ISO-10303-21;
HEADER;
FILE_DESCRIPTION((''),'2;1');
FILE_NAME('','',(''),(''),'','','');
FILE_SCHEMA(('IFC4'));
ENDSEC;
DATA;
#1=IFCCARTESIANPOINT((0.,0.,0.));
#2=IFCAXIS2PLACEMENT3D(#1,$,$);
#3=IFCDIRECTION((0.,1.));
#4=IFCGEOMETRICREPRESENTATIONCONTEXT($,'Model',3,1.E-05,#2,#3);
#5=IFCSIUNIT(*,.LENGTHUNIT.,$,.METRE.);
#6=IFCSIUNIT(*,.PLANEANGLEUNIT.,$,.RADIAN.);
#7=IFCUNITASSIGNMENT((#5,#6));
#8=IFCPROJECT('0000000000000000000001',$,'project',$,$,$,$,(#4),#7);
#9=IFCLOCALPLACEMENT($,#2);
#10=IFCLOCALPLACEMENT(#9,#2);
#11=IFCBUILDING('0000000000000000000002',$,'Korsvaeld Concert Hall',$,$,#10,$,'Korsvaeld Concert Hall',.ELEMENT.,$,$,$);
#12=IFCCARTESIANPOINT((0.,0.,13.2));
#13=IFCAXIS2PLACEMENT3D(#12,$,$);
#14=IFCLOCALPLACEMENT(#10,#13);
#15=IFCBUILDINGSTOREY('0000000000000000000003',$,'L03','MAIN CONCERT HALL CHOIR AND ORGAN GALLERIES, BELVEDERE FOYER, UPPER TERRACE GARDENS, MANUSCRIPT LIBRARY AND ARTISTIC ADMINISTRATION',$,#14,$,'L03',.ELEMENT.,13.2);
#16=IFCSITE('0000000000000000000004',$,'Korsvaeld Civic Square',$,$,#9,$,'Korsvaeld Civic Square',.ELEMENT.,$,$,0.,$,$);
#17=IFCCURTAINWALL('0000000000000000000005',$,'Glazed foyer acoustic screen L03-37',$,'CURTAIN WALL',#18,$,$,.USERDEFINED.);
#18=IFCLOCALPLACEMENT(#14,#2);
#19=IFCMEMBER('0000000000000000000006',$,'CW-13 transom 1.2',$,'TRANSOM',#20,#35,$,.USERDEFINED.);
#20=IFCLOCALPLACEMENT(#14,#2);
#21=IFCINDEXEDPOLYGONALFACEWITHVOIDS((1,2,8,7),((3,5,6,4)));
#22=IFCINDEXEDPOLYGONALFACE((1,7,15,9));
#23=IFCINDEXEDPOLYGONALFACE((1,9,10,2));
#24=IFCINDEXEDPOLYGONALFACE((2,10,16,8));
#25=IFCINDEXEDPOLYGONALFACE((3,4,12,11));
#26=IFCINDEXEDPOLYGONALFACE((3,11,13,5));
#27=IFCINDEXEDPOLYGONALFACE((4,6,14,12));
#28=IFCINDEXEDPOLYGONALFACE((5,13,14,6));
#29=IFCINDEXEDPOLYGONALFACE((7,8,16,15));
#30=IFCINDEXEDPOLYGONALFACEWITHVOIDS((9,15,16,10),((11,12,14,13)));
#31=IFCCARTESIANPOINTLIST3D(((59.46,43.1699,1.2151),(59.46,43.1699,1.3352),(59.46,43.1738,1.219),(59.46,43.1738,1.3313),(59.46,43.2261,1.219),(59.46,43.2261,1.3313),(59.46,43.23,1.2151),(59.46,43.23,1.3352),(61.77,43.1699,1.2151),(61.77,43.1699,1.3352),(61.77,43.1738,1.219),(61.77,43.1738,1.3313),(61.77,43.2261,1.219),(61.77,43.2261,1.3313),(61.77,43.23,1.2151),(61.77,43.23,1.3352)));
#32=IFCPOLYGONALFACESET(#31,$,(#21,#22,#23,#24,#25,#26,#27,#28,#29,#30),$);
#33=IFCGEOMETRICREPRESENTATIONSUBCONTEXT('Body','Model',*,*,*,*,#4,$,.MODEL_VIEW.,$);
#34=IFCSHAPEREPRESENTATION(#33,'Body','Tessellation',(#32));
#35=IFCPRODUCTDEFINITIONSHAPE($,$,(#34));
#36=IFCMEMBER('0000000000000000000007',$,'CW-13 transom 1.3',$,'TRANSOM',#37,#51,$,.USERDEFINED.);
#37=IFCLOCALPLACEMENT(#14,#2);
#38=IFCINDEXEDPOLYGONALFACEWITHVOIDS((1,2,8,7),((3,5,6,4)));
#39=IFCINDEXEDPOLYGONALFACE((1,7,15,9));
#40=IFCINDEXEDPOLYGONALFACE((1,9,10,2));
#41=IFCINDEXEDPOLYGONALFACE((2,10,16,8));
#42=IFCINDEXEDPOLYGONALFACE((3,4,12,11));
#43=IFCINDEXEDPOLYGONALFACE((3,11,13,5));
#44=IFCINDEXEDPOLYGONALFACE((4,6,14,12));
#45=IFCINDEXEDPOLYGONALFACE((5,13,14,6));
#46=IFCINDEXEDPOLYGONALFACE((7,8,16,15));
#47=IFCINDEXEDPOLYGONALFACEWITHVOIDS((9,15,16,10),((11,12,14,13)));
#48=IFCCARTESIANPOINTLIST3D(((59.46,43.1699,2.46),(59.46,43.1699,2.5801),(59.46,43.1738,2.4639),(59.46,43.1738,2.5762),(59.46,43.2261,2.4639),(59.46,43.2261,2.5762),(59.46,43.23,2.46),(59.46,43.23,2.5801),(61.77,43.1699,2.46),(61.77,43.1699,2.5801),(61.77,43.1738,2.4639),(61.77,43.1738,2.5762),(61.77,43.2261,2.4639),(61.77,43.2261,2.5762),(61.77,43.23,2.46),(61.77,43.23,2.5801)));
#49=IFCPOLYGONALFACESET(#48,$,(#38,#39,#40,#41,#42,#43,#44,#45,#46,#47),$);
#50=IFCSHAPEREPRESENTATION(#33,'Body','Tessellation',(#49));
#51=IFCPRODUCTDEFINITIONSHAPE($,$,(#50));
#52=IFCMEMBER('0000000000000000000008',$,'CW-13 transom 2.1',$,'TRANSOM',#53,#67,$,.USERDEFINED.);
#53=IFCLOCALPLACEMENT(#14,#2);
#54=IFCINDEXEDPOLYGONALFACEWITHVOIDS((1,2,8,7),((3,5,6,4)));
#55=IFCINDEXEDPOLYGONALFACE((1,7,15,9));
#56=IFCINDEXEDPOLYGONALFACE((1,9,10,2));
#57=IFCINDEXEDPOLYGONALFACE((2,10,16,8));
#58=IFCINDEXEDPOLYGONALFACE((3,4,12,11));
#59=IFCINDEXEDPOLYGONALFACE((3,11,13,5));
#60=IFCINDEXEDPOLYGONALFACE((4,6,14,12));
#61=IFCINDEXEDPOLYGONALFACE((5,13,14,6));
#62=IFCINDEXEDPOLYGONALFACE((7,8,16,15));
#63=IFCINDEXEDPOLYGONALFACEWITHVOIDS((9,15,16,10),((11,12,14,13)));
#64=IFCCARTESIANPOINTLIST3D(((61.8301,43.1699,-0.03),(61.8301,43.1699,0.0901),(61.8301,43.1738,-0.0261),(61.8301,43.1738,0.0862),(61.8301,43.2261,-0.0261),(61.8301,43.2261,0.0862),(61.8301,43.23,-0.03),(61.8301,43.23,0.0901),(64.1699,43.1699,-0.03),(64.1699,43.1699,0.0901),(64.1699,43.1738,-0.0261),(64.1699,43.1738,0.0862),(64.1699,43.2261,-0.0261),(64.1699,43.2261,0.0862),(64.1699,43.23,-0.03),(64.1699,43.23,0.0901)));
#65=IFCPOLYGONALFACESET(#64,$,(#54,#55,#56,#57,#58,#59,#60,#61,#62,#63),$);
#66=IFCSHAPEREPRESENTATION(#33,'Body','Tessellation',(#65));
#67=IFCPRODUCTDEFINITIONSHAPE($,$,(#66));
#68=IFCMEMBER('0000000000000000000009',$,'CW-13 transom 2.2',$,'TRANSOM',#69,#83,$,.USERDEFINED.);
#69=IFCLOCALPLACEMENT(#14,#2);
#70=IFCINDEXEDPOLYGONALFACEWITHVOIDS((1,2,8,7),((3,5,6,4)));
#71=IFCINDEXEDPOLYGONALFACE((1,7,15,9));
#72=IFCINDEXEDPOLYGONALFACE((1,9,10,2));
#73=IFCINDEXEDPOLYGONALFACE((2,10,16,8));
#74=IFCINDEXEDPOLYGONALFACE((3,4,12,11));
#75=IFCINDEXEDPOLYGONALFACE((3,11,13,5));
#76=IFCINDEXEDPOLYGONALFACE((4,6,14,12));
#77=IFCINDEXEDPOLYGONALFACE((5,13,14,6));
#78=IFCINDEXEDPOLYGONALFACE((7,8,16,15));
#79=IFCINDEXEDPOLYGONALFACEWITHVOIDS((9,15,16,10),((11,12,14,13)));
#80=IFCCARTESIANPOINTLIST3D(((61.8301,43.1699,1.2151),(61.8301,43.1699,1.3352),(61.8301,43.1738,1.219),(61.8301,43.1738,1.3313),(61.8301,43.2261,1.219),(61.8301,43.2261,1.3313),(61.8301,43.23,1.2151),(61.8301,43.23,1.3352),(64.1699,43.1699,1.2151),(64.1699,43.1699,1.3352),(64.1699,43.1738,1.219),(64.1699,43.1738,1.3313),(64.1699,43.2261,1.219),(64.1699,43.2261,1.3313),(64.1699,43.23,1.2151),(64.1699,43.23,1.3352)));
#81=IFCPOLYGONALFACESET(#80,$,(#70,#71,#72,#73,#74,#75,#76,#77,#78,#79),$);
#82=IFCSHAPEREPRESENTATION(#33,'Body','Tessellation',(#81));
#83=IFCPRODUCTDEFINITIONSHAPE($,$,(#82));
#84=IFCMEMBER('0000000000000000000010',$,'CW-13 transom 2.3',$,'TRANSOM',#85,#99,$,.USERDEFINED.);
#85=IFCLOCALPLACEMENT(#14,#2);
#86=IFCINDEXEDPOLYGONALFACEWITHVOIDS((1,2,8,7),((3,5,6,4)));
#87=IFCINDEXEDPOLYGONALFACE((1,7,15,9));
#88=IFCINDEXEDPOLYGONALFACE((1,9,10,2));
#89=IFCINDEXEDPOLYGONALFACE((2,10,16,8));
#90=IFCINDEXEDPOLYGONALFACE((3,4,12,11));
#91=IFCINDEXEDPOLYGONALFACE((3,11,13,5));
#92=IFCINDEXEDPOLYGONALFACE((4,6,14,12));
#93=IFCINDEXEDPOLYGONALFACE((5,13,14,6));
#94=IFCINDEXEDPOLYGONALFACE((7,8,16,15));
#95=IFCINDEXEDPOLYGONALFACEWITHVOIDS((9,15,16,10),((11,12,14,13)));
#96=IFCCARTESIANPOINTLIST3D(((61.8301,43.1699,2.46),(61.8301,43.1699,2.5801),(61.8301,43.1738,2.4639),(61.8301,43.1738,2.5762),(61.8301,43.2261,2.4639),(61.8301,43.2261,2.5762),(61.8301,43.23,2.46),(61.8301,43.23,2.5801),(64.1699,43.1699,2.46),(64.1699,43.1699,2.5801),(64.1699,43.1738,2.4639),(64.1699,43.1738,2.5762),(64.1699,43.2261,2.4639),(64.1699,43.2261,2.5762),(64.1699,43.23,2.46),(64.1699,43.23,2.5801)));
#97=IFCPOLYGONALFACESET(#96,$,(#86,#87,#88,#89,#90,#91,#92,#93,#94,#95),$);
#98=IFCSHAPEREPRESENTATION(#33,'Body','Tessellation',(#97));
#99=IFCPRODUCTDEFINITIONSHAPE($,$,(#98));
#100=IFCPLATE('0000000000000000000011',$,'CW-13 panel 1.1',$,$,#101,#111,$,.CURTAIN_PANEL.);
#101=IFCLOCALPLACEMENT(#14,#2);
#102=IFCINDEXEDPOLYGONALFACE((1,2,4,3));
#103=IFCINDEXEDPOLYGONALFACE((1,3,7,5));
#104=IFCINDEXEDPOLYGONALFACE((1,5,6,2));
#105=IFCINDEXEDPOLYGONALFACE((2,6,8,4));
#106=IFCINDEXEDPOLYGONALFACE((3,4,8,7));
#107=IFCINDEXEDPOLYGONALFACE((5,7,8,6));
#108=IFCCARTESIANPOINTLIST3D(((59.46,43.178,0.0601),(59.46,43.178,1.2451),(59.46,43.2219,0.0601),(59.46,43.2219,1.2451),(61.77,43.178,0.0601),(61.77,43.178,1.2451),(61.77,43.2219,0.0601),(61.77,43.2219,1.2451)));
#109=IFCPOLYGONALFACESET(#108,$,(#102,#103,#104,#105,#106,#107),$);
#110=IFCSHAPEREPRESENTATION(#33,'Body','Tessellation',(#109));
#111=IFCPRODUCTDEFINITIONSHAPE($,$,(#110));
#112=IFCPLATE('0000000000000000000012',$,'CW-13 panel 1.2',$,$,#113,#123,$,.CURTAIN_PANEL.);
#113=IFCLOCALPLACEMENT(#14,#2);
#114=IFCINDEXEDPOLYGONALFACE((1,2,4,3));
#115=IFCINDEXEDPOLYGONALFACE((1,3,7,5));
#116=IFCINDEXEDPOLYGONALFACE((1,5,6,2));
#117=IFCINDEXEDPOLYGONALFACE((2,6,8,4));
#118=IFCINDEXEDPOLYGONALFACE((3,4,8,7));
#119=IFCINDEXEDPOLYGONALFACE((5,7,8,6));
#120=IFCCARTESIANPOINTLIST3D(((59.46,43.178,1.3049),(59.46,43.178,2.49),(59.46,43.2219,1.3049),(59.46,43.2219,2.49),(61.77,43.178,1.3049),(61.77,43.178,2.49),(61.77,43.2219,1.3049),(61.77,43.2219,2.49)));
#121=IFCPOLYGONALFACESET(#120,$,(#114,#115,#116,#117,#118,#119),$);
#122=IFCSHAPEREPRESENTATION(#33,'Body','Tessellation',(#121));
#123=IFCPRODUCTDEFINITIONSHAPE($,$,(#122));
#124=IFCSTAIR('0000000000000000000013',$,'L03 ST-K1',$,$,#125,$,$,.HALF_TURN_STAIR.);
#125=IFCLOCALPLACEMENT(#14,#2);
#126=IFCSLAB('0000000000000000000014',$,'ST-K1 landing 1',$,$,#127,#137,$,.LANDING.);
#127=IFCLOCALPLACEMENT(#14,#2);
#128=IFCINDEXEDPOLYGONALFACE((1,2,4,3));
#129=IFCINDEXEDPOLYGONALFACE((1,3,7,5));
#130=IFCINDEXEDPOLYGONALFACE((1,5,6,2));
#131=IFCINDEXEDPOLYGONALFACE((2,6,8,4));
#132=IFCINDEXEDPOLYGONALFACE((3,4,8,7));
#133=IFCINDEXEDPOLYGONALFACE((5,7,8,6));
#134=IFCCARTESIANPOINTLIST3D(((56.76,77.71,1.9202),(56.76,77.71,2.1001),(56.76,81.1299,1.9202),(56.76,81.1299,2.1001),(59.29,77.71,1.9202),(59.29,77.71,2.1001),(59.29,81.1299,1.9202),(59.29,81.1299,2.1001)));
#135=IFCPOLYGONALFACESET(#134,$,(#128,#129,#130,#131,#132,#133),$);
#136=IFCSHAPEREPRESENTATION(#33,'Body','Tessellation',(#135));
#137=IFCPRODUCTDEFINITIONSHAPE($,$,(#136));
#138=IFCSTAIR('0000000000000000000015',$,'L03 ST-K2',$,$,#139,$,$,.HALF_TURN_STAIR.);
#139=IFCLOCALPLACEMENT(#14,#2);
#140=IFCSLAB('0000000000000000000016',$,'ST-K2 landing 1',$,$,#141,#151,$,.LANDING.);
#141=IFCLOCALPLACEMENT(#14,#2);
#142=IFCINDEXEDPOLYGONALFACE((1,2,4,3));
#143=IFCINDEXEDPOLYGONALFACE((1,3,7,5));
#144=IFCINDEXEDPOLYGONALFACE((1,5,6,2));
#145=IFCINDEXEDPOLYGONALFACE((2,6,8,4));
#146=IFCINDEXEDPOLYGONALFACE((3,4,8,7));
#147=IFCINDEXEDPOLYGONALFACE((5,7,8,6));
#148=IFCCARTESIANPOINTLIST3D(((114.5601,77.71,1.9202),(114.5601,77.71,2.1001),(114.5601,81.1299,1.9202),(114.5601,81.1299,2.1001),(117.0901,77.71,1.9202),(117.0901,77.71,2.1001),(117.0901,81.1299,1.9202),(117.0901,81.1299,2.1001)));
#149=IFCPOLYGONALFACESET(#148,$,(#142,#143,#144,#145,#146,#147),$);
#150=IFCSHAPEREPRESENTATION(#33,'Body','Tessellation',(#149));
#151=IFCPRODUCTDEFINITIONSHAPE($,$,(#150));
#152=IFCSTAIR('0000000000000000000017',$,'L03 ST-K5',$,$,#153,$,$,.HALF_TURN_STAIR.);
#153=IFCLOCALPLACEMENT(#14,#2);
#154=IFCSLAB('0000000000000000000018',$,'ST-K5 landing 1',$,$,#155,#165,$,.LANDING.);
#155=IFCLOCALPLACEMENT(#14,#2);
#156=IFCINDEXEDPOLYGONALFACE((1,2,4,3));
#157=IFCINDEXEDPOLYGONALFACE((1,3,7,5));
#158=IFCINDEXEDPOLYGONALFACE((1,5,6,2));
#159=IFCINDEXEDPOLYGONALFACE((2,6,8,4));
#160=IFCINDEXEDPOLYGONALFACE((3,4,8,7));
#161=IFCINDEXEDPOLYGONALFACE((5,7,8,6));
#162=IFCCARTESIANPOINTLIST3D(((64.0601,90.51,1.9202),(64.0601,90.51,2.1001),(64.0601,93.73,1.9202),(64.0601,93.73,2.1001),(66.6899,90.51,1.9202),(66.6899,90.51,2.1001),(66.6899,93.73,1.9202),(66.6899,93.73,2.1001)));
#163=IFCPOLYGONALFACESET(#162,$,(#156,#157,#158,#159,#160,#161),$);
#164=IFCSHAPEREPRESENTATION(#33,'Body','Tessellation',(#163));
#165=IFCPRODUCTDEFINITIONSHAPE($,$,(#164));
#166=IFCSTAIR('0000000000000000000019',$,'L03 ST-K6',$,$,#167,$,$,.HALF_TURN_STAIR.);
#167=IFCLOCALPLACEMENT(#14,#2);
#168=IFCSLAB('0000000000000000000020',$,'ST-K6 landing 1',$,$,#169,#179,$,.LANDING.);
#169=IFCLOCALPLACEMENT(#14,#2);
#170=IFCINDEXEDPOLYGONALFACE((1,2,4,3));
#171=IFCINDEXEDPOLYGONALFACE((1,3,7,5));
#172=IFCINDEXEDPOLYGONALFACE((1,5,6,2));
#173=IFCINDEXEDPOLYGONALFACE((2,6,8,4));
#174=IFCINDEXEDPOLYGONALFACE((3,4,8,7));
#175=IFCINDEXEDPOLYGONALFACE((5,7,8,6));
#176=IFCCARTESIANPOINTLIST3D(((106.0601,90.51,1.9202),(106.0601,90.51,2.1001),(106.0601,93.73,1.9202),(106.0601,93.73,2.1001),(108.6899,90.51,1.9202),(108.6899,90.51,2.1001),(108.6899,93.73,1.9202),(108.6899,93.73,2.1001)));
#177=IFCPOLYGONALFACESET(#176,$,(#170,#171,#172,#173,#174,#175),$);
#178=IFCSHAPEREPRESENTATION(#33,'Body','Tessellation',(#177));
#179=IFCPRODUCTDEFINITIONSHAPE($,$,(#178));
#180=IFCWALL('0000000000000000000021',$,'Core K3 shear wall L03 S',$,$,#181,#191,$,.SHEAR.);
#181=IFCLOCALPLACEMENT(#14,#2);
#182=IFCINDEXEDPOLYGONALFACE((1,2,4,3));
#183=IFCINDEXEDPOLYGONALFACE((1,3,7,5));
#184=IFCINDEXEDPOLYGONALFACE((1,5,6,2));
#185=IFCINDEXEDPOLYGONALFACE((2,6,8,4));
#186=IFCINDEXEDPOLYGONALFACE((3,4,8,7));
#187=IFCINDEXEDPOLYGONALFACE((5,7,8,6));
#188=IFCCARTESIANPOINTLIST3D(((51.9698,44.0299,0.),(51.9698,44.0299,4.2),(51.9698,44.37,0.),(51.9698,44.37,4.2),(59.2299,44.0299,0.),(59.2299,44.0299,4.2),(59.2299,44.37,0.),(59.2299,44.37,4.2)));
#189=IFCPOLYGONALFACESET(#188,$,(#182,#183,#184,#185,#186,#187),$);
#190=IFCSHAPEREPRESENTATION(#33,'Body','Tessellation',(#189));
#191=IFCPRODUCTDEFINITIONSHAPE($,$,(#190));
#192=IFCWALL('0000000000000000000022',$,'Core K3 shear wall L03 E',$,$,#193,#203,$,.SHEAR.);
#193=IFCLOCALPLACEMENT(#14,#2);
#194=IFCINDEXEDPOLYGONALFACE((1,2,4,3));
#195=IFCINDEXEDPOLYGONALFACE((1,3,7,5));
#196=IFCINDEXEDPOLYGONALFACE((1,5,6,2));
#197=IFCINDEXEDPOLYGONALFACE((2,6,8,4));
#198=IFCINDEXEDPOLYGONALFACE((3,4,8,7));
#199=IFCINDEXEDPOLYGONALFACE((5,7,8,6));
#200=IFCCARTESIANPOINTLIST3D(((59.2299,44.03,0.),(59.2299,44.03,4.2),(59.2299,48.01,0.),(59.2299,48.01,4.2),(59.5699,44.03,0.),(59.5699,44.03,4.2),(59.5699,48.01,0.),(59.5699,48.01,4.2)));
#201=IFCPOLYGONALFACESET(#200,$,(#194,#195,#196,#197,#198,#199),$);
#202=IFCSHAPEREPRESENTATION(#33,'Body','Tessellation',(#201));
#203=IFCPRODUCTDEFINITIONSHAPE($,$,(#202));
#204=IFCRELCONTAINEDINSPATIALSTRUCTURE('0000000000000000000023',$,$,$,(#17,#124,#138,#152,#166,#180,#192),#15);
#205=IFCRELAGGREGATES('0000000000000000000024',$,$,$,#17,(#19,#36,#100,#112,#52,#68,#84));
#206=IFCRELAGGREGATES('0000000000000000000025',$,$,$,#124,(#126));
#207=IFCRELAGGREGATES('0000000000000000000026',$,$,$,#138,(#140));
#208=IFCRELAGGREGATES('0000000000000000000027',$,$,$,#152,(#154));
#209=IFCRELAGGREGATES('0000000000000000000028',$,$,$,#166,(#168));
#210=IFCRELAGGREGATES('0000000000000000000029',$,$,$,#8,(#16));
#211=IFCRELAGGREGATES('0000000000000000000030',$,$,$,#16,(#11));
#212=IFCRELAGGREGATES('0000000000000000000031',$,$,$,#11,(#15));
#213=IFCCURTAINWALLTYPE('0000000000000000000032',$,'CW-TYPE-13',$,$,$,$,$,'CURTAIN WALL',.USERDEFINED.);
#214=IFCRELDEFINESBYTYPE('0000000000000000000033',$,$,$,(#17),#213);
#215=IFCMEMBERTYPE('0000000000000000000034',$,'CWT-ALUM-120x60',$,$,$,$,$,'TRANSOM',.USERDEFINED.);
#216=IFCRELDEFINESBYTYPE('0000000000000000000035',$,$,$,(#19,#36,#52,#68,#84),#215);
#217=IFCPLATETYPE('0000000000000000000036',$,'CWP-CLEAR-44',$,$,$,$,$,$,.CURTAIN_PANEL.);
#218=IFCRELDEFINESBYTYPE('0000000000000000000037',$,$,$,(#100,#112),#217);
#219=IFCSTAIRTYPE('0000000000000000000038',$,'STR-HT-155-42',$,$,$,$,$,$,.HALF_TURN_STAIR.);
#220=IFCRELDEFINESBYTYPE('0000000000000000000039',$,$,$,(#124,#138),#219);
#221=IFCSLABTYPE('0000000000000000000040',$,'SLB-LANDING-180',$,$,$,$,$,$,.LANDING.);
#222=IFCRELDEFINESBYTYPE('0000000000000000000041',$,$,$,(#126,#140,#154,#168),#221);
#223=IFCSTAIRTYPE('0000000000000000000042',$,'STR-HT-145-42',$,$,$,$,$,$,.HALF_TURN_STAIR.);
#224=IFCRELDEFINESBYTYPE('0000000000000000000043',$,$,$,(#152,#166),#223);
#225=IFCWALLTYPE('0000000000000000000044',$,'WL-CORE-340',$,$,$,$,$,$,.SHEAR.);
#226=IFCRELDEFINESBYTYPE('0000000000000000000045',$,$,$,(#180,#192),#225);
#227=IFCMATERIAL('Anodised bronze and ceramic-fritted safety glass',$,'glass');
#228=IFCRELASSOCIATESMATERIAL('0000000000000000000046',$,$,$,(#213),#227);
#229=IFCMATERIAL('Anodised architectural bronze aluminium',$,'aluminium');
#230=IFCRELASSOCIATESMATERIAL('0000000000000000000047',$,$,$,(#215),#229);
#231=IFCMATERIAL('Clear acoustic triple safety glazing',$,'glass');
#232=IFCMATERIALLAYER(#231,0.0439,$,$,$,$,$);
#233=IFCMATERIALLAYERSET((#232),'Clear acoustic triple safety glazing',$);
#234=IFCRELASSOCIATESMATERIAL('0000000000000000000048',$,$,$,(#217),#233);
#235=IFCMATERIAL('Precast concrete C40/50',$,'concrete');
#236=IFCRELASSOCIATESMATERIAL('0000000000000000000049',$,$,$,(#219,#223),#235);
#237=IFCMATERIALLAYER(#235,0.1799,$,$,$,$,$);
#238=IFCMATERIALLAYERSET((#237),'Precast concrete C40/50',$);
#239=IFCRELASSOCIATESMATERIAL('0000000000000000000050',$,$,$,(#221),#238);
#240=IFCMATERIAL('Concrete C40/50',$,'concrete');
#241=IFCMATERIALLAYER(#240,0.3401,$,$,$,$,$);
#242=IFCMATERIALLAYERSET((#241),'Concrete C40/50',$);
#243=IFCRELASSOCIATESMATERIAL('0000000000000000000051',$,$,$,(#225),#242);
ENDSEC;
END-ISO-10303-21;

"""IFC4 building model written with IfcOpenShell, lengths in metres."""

from ifc_helpers import new_model, si_unit, direction, frame, frame_2d, origin, origin_2d, place, context, subcontext, project, spatial, polyline, rectangle, hollow_rectangle, outline, extrude, material, layer, layer_set, material_profile, profile_set, type_object, element, aggregate, save


model = new_model("IFC4")

# Units and contexts
model_context = context("Model", 3, precision=1e-05, world=origin(), true_north=direction((0.0, 1.0)))
body_context = subcontext(model_context, "Body", "Model", "MODEL_VIEW")
ifc_project = project(units=[si_unit("LENGTHUNIT", "METRE"), si_unit("PLANEANGLEUNIT", "RADIAN")], contexts=[model_context])

# Site, building, storey
site_placement = place(None, origin())
site = spatial("IfcSite", under=ifc_project, at=site_placement, Name="Korsvaeld Civic Square", LongName="Korsvaeld Civic Square", CompositionType="ELEMENT", RefElevation=0.0)
building_placement = place(site_placement, origin())
building = spatial("IfcBuilding", under=site, at=building_placement, Name="Korsvaeld Concert Hall", LongName="Korsvaeld Concert Hall", CompositionType="ELEMENT")
storey_placement = place(building_placement, frame((0.0, 0.0, 13.2)))
storey = spatial("IfcBuildingStorey", under=building, at=storey_placement, Name="L03", Description="MAIN CONCERT HALL CHOIR AND ORGAN GALLERIES, BELVEDERE FOYER, UPPER TERRACE GARDENS, MANUSCRIPT LIBRARY AND ARTISTIC ADMINISTRATION", LongName="L03", CompositionType="ELEMENT", Elevation=13.2)

# Shared definitions
ifc_material_1 = material(Name="Concrete C40/50", Category="concrete")

# Curtain wall, members, plates
ifc_material_2 = material(Name="Anodised bronze and ceramic-fritted safety glass", Category="glass")
curtain_wall_type = type_object("IfcCurtainWallType", Name="CW-TYPE-13", ElementType="CURTAIN WALL", PredefinedType="USERDEFINED", material=ifc_material_2)
curtain_wall_placement = place(storey_placement, origin())
curtain_wall = element("IfcCurtainWall", 1, at=curtain_wall_placement, inside=storey, type_object=curtain_wall_type, Name="Glazed foyer acoustic screen L03-37", ObjectType="CURTAIN WALL", PredefinedType="USERDEFINED")
ifc_material_3 = material(Name="Anodised architectural bronze aluminium", Category="aluminium")
ifc_material_profile_1 = material_profile(ifc_material_3, hollow_rectangle(XDim=0.0601, YDim=0.1201, WallThickness=0.0039, at=origin_2d()), Name="CWT 120x60x4")
ifc_profile_set_1 = profile_set([ifc_material_profile_1], Name="Anodised architectural bronze aluminium")
member_type_1 = type_object("IfcMemberType", Name="CWT-ALUM-120x60", ElementType="TRANSOM", PredefinedType="USERDEFINED", material=ifc_profile_set_1)
member_1_placement = place(storey_placement, frame((59.46, 43.2, 1.2751), z_axis=(1.0, 0.0, 0.0), x_axis=(0.0, 1.0, 0.0)))
member_1 = element("IfcMember", 2, at=member_1_placement, type_object=member_type_1, Name="CW-13 transom 1.2", ObjectType="TRANSOM", PredefinedType="USERDEFINED", context=body_context, shape_type="SweptSolid", body=[
    extrude(hollow_rectangle(XDim=0.0601, YDim=0.1201, WallThickness=0.0039, at=origin_2d()), origin(), (0.0, 0.0, 1.0), 2.3101),
])
member_2_placement = place(storey_placement, frame((59.46, 43.2, 2.52), z_axis=(1.0, 0.0, 0.0), x_axis=(0.0, 1.0, 0.0)))
member_2 = element("IfcMember", 3, at=member_2_placement, type_object=member_type_1, Name="CW-13 transom 1.3", ObjectType="TRANSOM", PredefinedType="USERDEFINED", context=body_context, shape_type="SweptSolid", body=[
    extrude(hollow_rectangle(XDim=0.0601, YDim=0.1201, WallThickness=0.0039, at=origin_2d()), origin(), (0.0, 0.0, 1.0), 2.3101),
])
member_3_placement = place(storey_placement, frame((61.8301, 43.2, 0.03), z_axis=(1.0, 0.0, 0.0), x_axis=(0.0, 1.0, 0.0)))
member_3 = element("IfcMember", 4, at=member_3_placement, type_object=member_type_1, Name="CW-13 transom 2.1", ObjectType="TRANSOM", PredefinedType="USERDEFINED", context=body_context, shape_type="SweptSolid", body=[
    extrude(hollow_rectangle(XDim=0.0601, YDim=0.1201, WallThickness=0.0039, at=origin_2d()), origin(), (0.0, 0.0, 1.0), 2.3398),
])
member_4_placement = place(storey_placement, frame((61.8301, 43.2, 1.2751), z_axis=(1.0, 0.0, 0.0), x_axis=(0.0, 1.0, 0.0)))
member_4 = element("IfcMember", 5, at=member_4_placement, type_object=member_type_1, Name="CW-13 transom 2.2", ObjectType="TRANSOM", PredefinedType="USERDEFINED", context=body_context, shape_type="SweptSolid", body=[
    extrude(hollow_rectangle(XDim=0.0601, YDim=0.1201, WallThickness=0.0039, at=origin_2d()), origin(), (0.0, 0.0, 1.0), 2.3398),
])
member_5_placement = place(storey_placement, frame((61.8301, 43.2, 2.52), z_axis=(1.0, 0.0, 0.0), x_axis=(0.0, 1.0, 0.0)))
member_5 = element("IfcMember", 6, at=member_5_placement, type_object=member_type_1, Name="CW-13 transom 2.3", ObjectType="TRANSOM", PredefinedType="USERDEFINED", context=body_context, shape_type="SweptSolid", body=[
    extrude(hollow_rectangle(XDim=0.0601, YDim=0.1201, WallThickness=0.0039, at=origin_2d()), origin(), (0.0, 0.0, 1.0), 2.3398),
])
ifc_material_4 = material(Name="Clear acoustic triple safety glazing", Category="glass")
ifc_layer_1 = layer(ifc_material_4, 0.0439)
ifc_layer_set_1 = layer_set([ifc_layer_1], Name="Clear acoustic triple safety glazing")
plate_type = type_object("IfcPlateType", Name="CWP-CLEAR-44", PredefinedType="CURTAIN_PANEL", material=ifc_layer_set_1)
plate_1_placement = place(storey_placement, frame((60.615, 43.2, 0.0601), z_axis=(0.0, 0.0, 1.0), x_axis=(1.0, 0.0, 0.0)))
plate_1 = element("IfcPlate", 7, at=plate_1_placement, type_object=plate_type, Name="CW-13 panel 1.1", PredefinedType="CURTAIN_PANEL", context=body_context, shape_type="SweptSolid", body=[
    extrude(rectangle(XDim=2.3101, YDim=0.0439, at=origin_2d()), origin(), (0.0, 0.0, 1.0), 1.1851),
])
plate_2_placement = place(storey_placement, frame((60.615, 43.2, 1.3049), z_axis=(0.0, 0.0, 1.0), x_axis=(1.0, 0.0, 0.0)))
plate_2 = element("IfcPlate", 8, at=plate_2_placement, type_object=plate_type, Name="CW-13 panel 1.2", PredefinedType="CURTAIN_PANEL", context=body_context, shape_type="SweptSolid", body=[
    extrude(rectangle(XDim=2.3101, YDim=0.0439, at=origin_2d()), origin(), (0.0, 0.0, 1.0), 1.1851),
])
aggregate(curtain_wall, [member_1, member_2, plate_1, plate_2, member_3, member_4, member_5])

# Stairs, slabs
ifc_material_5 = material(Name="Precast concrete C40/50", Category="concrete")
stair_type_1 = type_object("IfcStairType", Name="STR-HT-155-42", PredefinedType="HALF_TURN_STAIR", material=ifc_material_5)
stair_1_placement = place(storey_placement, origin())
stair_1 = element("IfcStair", 9, at=stair_1_placement, inside=storey, type_object=stair_type_1, Name="L03 ST-K1", PredefinedType="HALF_TURN_STAIR")
ifc_layer_2 = layer(ifc_material_5, 0.1799)
ifc_layer_set_2 = layer_set([ifc_layer_2], Name="Precast concrete C40/50")
slab_type = type_object("IfcSlabType", Name="SLB-LANDING-180", PredefinedType="LANDING", material=ifc_layer_set_2)
slab_1_placement = place(storey_placement, frame((0.0, 0.0, 1.9202)))
slab_1 = element("IfcSlab", 10, at=slab_1_placement, type_object=slab_type, Name="ST-K1 landing 1", PredefinedType="LANDING", context=body_context, shape_type="SweptSolid", body=[
    extrude(outline(polyline([(56.76, 77.71), (56.76, 81.1299), (59.29, 81.1299), (59.29, 77.71), (56.76, 77.71)])), origin(), (0.0, 0.0, 1.0), 0.1799),
])
aggregate(stair_1, [slab_1])
stair_2_placement = place(storey_placement, origin())
stair_2 = element("IfcStair", 11, at=stair_2_placement, inside=storey, type_object=stair_type_1, Name="L03 ST-K2", PredefinedType="HALF_TURN_STAIR")
slab_2_placement = place(storey_placement, frame((0.0, 0.0, 1.9202)))
slab_2 = element("IfcSlab", 12, at=slab_2_placement, type_object=slab_type, Name="ST-K2 landing 1", PredefinedType="LANDING", context=body_context, shape_type="SweptSolid", body=[
    extrude(outline(polyline([(114.5601, 77.71), (114.5601, 81.1299), (117.0901, 81.1299), (117.0901, 77.71), (114.5601, 77.71)])), origin(), (0.0, 0.0, 1.0), 0.1799),
])
aggregate(stair_2, [slab_2])
stair_type_2 = type_object("IfcStairType", Name="STR-HT-145-42", PredefinedType="HALF_TURN_STAIR", material=ifc_material_5)
stair_3_placement = place(storey_placement, origin())
stair_3 = element("IfcStair", 13, at=stair_3_placement, inside=storey, type_object=stair_type_2, Name="L03 ST-K5", PredefinedType="HALF_TURN_STAIR")
slab_3_placement = place(storey_placement, frame((0.0, 0.0, 1.9202)))
slab_3 = element("IfcSlab", 14, at=slab_3_placement, type_object=slab_type, Name="ST-K5 landing 1", PredefinedType="LANDING", context=body_context, shape_type="SweptSolid", body=[
    extrude(outline(polyline([(64.0601, 90.51), (64.0601, 93.73), (66.6899, 93.73), (66.6899, 90.51), (64.0601, 90.51)])), origin(), (0.0, 0.0, 1.0), 0.1799),
])
aggregate(stair_3, [slab_3])
stair_4_placement = place(storey_placement, origin())
stair_4 = element("IfcStair", 15, at=stair_4_placement, inside=storey, type_object=stair_type_2, Name="L03 ST-K6", PredefinedType="HALF_TURN_STAIR")
slab_4_placement = place(storey_placement, frame((0.0, 0.0, 1.9202)))
slab_4 = element("IfcSlab", 16, at=slab_4_placement, type_object=slab_type, Name="ST-K6 landing 1", PredefinedType="LANDING", context=body_context, shape_type="SweptSolid", body=[
    extrude(outline(polyline([(106.0601, 90.51), (106.0601, 93.73), (108.6899, 93.73), (108.6899, 90.51), (106.0601, 90.51)])), origin(), (0.0, 0.0, 1.0), 0.1799),
])
aggregate(stair_4, [slab_4])

# Walls
ifc_layer_3 = layer(ifc_material_1, 0.3401)
ifc_layer_set_3 = layer_set([ifc_layer_3], Name="Concrete C40/50")
wall_type_1 = type_object("IfcWallType", Name="WL-CORE-340", PredefinedType="SHEAR", material=ifc_layer_set_3)
wall_1_placement = place(storey_placement, frame((51.97, 44.2, 0.0), z_axis=(0.0, 0.0, 1.0), x_axis=(1.0, 0.0, 0.0)))
element("IfcWall", 17, at=wall_1_placement, inside=storey, type_object=wall_type_1, Name="Core K3 shear wall L03 S", PredefinedType="SHEAR", context=body_context, shape_type="SweptSolid", body=[
    extrude(rectangle(XDim=7.26, YDim=0.3401, at=frame_2d((3.6299, 0.0))), origin(), (0.0, 0.0, 1.0), 4.2),
])
wall_2_placement = place(storey_placement, frame((59.3999, 44.03, 0.0), z_axis=(0.0, 0.0, 1.0), x_axis=(0.0, 1.0, 0.0)))
element("IfcWall", 18, at=wall_2_placement, inside=storey, type_object=wall_type_1, Name="Core K3 shear wall L03 E", PredefinedType="SHEAR", context=body_context, shape_type="SweptSolid", body=[
    extrude(rectangle(XDim=3.98, YDim=0.3401, at=frame_2d((1.99, 0.0))), origin(), (0.0, 0.0, 1.0), 4.2),
])

save(model, "model.ifc")
